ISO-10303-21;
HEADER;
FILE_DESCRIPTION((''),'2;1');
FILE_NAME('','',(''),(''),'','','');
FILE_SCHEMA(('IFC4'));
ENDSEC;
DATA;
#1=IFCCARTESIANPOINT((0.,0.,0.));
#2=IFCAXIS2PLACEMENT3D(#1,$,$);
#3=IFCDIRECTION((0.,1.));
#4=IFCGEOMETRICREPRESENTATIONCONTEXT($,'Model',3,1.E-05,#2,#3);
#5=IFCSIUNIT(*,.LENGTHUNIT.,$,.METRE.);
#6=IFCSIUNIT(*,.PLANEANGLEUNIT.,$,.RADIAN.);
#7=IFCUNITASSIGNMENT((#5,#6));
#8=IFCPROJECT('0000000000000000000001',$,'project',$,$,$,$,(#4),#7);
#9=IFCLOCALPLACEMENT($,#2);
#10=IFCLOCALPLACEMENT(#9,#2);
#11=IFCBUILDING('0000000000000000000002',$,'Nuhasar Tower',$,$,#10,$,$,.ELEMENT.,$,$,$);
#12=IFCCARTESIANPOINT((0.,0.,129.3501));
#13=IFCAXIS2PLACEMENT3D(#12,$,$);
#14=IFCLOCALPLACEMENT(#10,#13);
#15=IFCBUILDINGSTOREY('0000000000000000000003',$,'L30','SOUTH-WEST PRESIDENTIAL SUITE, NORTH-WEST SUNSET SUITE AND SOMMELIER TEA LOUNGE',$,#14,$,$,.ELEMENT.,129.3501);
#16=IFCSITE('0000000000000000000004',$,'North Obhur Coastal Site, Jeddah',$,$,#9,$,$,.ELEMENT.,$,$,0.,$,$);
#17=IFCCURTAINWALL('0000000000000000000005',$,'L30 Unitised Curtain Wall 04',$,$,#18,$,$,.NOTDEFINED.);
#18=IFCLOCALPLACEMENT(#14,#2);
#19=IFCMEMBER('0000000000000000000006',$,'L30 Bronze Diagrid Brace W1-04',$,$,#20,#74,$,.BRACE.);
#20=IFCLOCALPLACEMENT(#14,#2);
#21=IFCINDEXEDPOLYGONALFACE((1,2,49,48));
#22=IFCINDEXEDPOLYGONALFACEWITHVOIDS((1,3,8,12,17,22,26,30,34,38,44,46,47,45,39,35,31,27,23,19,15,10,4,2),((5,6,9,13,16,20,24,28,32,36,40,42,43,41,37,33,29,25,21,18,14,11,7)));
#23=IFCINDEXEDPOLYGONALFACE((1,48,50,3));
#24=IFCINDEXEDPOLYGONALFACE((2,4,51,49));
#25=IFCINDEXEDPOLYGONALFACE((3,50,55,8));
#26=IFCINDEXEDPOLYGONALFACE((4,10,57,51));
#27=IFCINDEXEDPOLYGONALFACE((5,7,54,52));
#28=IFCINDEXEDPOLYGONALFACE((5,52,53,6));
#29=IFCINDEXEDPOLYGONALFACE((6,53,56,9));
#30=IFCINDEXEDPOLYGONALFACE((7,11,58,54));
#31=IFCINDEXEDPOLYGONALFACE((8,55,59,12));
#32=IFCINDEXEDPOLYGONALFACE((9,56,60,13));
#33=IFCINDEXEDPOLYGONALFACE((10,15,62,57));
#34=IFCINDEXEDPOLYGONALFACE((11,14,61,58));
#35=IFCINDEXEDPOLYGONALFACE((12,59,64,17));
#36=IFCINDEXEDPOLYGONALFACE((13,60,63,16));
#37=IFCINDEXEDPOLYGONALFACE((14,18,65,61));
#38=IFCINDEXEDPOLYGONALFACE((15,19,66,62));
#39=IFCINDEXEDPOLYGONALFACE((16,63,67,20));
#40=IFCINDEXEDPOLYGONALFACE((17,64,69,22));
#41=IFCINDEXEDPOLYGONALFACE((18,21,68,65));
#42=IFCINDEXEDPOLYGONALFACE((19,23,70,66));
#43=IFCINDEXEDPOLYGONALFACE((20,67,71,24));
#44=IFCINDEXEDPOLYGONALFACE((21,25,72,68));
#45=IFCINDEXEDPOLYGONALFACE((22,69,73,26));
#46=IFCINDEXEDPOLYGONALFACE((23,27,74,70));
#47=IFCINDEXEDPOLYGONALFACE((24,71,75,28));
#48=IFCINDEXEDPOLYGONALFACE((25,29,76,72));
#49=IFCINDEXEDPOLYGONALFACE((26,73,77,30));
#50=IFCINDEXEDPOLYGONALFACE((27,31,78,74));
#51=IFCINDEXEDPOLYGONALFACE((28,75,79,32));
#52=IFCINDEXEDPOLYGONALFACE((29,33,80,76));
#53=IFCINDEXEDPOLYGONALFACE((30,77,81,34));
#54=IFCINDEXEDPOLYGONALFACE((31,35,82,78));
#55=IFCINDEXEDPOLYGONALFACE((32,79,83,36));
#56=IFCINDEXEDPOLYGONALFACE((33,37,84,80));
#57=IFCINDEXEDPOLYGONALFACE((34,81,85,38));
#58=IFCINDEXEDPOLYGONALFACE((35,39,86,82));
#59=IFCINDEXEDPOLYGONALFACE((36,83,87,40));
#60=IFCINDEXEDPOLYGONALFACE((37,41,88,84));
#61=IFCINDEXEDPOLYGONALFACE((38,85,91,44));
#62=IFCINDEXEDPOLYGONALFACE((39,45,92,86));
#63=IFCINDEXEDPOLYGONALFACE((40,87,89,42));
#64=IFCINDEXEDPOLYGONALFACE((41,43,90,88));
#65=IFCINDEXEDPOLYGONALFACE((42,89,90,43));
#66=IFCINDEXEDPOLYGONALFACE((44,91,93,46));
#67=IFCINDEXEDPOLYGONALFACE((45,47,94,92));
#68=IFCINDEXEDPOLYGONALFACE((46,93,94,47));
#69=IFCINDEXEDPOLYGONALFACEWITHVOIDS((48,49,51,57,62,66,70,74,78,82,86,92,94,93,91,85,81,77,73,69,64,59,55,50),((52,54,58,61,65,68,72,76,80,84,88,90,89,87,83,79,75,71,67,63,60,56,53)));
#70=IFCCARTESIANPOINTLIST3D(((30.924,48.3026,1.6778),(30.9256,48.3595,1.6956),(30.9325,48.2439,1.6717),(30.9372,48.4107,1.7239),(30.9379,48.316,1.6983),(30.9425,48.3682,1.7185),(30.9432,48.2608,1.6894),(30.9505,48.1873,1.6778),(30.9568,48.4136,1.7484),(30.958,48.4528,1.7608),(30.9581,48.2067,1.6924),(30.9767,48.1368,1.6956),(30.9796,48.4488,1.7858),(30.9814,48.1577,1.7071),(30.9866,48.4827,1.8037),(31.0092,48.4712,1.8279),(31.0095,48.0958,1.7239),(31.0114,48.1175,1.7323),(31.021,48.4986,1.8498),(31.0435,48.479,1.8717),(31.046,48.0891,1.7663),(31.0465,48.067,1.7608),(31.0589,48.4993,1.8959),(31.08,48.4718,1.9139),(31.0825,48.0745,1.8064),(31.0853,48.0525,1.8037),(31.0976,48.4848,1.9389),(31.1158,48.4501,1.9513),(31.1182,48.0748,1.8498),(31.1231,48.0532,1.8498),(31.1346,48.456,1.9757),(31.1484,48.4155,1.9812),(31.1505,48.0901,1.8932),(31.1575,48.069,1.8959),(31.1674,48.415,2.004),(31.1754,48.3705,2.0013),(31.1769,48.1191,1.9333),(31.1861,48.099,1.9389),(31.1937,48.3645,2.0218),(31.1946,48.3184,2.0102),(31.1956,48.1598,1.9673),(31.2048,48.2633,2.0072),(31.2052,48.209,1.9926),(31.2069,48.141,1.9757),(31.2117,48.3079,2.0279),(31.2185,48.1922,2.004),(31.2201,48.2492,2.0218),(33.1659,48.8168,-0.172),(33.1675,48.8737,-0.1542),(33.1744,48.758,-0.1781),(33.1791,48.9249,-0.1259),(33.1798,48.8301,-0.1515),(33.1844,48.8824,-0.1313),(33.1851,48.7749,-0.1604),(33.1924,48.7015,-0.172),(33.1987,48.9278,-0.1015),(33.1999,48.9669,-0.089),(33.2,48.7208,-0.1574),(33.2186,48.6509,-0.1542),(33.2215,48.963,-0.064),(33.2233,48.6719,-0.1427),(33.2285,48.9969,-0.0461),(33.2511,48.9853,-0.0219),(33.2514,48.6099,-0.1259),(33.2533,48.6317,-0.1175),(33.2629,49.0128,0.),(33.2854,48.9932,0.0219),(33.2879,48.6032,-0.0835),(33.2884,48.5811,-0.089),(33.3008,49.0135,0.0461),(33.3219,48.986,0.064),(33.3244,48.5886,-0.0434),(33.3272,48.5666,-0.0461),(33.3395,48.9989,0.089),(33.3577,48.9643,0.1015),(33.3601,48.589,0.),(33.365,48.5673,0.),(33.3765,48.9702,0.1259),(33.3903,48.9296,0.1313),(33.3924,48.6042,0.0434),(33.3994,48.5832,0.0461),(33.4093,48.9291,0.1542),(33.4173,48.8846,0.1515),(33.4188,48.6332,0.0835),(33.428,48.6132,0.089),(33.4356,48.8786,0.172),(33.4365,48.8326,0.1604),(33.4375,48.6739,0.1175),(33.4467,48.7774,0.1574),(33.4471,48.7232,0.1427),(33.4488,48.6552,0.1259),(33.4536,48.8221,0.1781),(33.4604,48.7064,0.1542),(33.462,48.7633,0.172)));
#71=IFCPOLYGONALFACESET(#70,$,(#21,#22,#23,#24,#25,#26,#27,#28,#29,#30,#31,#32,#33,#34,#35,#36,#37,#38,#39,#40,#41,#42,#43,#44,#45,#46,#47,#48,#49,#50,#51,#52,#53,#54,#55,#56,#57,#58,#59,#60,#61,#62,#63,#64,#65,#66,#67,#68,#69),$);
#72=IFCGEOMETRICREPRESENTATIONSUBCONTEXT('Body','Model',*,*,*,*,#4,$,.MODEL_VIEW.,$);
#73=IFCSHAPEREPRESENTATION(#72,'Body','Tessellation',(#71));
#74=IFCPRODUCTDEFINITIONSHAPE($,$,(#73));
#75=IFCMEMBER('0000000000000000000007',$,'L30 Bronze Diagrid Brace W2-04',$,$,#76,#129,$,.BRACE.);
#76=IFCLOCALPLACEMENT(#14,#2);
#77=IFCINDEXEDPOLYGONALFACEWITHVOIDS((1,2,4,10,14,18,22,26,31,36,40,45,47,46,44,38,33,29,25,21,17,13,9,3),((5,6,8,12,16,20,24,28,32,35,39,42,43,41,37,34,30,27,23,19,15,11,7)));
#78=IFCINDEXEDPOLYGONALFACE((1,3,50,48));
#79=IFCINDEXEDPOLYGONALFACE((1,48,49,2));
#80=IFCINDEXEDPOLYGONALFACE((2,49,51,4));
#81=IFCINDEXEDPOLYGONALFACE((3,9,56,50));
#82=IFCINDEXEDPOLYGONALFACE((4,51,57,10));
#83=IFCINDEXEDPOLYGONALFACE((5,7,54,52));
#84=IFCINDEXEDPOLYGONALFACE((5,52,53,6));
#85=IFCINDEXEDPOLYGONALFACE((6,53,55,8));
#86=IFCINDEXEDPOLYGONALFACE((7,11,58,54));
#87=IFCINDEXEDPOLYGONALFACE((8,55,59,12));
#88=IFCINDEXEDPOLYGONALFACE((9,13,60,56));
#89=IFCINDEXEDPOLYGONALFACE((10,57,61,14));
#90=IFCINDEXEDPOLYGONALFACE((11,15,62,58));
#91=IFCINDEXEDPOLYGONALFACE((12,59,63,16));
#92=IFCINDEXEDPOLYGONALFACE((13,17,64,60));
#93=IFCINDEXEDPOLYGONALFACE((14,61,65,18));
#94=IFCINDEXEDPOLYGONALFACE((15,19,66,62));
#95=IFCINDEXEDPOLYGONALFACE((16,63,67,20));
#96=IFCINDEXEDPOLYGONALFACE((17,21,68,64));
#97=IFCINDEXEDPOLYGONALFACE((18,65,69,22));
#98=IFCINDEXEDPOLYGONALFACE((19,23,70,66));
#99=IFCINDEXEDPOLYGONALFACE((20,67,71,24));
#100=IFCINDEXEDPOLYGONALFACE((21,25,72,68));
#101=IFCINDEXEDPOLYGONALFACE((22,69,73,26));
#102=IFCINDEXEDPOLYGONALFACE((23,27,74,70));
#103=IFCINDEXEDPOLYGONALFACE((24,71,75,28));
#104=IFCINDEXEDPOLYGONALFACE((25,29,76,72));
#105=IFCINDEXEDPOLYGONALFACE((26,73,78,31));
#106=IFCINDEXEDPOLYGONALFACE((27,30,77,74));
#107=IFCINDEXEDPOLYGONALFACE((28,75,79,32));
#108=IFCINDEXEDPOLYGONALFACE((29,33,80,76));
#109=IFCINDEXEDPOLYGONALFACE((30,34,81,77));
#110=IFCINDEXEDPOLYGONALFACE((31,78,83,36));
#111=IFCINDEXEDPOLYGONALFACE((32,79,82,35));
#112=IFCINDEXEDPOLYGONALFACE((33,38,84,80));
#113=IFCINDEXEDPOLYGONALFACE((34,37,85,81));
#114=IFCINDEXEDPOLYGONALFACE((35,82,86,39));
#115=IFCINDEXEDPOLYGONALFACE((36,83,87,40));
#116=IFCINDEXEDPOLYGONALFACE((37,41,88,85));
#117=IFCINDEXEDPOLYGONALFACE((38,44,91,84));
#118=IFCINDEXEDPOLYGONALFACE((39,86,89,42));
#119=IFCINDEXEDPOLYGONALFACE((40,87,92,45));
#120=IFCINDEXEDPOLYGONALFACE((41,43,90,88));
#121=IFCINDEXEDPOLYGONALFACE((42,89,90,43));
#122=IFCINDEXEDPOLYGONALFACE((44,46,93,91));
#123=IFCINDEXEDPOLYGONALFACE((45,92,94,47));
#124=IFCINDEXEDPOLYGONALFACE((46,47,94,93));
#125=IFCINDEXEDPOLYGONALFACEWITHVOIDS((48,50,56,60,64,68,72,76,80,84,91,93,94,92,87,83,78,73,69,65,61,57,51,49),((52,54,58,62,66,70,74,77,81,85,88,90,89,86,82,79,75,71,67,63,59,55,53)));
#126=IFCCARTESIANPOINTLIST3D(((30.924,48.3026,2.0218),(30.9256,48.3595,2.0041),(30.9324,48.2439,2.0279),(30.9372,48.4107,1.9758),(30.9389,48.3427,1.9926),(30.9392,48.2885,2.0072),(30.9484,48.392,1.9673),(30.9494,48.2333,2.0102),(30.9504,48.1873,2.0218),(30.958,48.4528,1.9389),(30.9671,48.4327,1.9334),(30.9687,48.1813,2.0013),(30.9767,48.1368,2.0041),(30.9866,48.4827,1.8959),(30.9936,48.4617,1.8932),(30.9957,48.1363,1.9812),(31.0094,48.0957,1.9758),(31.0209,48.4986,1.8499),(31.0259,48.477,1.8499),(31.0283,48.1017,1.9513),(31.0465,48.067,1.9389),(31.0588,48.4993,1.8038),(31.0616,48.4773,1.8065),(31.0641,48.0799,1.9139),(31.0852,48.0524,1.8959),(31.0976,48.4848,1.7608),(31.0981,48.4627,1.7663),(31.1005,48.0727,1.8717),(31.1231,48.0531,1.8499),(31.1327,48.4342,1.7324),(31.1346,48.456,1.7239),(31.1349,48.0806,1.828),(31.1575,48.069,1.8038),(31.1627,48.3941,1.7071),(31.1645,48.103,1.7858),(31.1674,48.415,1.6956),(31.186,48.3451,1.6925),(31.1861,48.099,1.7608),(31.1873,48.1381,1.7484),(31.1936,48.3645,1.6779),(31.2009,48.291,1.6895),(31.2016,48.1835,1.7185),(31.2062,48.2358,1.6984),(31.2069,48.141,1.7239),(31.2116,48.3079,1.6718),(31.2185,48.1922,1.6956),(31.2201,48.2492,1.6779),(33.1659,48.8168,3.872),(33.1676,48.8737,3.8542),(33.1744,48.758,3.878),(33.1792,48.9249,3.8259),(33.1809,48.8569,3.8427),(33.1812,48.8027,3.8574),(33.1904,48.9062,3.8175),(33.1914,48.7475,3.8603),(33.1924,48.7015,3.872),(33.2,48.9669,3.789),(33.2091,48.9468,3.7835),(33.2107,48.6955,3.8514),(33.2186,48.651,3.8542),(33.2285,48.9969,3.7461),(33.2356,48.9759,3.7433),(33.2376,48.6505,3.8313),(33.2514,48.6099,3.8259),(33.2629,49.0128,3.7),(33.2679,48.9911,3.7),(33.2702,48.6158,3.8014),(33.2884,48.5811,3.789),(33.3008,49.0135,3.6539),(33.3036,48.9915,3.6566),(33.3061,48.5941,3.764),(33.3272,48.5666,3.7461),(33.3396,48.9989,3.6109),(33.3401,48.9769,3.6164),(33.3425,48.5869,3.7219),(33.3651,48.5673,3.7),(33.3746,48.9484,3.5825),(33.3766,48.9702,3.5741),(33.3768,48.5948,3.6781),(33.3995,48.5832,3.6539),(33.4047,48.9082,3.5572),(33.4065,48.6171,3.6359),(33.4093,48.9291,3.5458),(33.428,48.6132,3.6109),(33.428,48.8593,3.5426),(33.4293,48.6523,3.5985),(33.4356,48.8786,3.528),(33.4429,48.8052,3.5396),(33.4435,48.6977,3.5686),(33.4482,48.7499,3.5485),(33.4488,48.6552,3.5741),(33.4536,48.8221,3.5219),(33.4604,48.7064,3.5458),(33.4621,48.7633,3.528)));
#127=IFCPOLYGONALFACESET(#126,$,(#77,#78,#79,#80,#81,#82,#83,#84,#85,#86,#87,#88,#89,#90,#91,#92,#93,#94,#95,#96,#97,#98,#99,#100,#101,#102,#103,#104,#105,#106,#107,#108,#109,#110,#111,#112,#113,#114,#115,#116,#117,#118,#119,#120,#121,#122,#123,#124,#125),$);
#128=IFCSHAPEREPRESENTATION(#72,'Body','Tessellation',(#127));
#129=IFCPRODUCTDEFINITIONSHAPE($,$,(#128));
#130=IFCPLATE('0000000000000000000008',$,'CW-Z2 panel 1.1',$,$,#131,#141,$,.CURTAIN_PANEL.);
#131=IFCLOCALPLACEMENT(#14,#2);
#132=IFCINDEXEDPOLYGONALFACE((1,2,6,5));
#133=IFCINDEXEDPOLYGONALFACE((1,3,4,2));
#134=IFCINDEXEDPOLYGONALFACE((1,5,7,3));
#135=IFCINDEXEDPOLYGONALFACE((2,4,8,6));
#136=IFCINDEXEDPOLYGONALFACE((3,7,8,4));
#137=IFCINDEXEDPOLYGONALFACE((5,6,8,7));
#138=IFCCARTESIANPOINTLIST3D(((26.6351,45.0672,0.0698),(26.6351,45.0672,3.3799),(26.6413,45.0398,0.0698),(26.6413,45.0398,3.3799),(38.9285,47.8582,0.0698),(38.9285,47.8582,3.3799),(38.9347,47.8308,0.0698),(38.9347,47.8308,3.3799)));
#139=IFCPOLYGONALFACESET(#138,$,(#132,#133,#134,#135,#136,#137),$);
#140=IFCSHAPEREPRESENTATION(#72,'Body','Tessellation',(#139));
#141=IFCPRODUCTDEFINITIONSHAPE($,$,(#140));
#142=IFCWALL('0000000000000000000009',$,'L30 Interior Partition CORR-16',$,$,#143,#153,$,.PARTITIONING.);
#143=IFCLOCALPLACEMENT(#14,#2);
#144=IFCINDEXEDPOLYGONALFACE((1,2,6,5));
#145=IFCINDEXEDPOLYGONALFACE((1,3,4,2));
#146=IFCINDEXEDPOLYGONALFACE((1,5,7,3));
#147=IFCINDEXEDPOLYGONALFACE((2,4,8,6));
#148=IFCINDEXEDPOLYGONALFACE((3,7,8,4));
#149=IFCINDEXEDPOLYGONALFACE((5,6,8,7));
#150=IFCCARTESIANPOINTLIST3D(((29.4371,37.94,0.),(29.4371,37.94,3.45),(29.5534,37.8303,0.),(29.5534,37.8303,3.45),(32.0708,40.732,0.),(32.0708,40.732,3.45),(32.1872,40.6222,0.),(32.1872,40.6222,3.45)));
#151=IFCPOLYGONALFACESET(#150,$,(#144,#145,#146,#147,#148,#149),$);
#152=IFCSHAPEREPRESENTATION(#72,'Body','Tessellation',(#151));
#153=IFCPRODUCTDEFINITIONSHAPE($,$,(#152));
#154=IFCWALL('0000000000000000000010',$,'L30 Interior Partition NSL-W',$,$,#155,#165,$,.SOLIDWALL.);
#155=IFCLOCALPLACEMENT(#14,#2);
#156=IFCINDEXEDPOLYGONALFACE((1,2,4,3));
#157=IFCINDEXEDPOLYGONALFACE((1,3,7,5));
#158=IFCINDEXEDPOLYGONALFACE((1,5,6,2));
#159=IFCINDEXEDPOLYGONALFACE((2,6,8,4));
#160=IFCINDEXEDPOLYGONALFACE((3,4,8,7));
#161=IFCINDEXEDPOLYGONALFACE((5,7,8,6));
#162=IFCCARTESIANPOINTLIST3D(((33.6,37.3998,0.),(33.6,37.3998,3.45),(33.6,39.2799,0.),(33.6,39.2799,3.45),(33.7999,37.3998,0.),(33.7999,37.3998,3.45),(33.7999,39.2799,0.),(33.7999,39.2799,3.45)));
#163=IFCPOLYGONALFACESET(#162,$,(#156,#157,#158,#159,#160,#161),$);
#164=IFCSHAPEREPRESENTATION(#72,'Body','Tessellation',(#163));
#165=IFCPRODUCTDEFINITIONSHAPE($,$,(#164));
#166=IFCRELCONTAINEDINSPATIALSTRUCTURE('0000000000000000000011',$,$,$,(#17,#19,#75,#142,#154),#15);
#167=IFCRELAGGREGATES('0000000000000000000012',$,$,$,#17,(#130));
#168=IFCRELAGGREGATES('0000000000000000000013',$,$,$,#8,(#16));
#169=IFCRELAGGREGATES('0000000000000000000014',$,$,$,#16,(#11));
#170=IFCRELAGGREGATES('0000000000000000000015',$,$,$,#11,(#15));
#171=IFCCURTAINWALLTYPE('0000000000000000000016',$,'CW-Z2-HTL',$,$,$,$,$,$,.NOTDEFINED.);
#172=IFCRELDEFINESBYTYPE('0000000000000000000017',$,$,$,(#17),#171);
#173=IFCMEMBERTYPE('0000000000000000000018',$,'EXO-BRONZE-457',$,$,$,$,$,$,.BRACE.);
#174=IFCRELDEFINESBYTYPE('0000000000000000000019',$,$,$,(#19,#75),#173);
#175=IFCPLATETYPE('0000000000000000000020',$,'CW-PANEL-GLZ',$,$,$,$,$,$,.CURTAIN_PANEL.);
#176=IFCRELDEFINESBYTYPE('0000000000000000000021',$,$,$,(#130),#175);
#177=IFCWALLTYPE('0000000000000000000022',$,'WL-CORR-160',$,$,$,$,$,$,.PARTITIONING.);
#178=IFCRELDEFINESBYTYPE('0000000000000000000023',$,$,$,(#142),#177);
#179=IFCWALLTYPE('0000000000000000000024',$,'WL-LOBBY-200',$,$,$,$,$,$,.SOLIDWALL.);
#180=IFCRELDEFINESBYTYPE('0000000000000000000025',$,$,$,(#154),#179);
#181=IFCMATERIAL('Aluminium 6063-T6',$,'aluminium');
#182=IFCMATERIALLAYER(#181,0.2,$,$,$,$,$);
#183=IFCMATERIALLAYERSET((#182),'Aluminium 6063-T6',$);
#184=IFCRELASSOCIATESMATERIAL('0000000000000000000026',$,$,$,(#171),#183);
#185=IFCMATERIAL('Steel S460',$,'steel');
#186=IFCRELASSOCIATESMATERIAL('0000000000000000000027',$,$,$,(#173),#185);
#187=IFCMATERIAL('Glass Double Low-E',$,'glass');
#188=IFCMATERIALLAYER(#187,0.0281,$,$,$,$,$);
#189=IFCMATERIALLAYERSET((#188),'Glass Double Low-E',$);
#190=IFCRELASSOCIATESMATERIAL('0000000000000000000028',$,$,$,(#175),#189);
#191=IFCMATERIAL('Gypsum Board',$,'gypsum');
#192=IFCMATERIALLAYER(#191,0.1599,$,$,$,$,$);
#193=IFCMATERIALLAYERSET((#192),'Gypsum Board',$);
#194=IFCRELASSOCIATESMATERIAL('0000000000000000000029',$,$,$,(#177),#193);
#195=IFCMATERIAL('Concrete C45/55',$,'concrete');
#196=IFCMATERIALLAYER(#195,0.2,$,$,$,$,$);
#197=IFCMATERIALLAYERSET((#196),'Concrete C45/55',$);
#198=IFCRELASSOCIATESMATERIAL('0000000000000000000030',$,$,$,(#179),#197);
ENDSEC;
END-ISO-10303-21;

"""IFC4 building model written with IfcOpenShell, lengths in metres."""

from ifc_helpers import new_model, si_unit, direction, frame, frame_2d, origin, origin_2d, place, context, subcontext, project, spatial, rectangle, hollow_circle, extrude, material, layer, layer_set, material_profile, profile_set, type_object, element, aggregate, save


model = new_model("IFC4")

# Units and contexts
model_context = context("Model", 3, precision=1e-05, world=origin(), true_north=direction((0.0, 1.0)))
body_context = subcontext(model_context, "Body", "Model", "MODEL_VIEW")
ifc_project = project(units=[si_unit("LENGTHUNIT", "METRE"), si_unit("PLANEANGLEUNIT", "RADIAN")], contexts=[model_context])

# Site, building, storey
site_placement = place(None, origin())
site = spatial("IfcSite", under=ifc_project, at=site_placement, Name="North Obhur Coastal Site, Jeddah", CompositionType="ELEMENT", RefElevation=0.0)
building_placement = place(site_placement, origin())
building = spatial("IfcBuilding", under=site, at=building_placement, Name="Nuhasar Tower", CompositionType="ELEMENT")
storey_placement = place(building_placement, frame((0.0, 0.0, 129.3501)))
storey = spatial("IfcBuildingStorey", under=building, at=storey_placement, Name="L30", Description="SOUTH-WEST PRESIDENTIAL SUITE, NORTH-WEST SUNSET SUITE AND SOMMELIER TEA LOUNGE", CompositionType="ELEMENT", Elevation=129.3501)

# Curtain wall
ifc_material_1 = material(Name="Aluminium 6063-T6", Category="aluminium")
ifc_layer_1 = layer(ifc_material_1, 0.2)
ifc_layer_set_1 = layer_set([ifc_layer_1], Name="Aluminium 6063-T6")
curtain_wall_type = type_object("IfcCurtainWallType", Name="CW-Z2-HTL", PredefinedType="NOTDEFINED", material=ifc_layer_set_1)
curtain_wall_placement = place(storey_placement, origin())
curtain_wall = element("IfcCurtainWall", 1, at=curtain_wall_placement, inside=storey, type_object=curtain_wall_type, Name="L30 Unitised Curtain Wall 04", PredefinedType="NOTDEFINED")

# Members
ifc_material_2 = material(Name="Steel S460", Category="steel")
ifc_material_profile_1 = material_profile(ifc_material_2, hollow_circle(Radius=0.2285, WallThickness=0.0222, at=origin_2d()), Name="HSS457X22.2")
ifc_profile_set_1 = profile_set([ifc_material_profile_1], Name="Steel S460")
member_type_1 = type_object("IfcMemberType", Name="EXO-BRONZE-457", PredefinedType="BRACE", material=ifc_profile_set_1)
member_1_placement = place(storey_placement, frame((33.314, 48.79, 0.0), z_axis=(-0.759539, -0.17419, 0.626704), x_axis=(0.223534, -0.974696, 0.0)))
element("IfcMember", 2, at=member_1_placement, inside=storey, type_object=member_type_1, Name="L30 Bronze Diagrid Brace W1-04", PredefinedType="BRACE", context=body_context, shape_type="SweptSolid", body=[
    extrude(hollow_circle(Radius=0.2285, WallThickness=0.0222, at=origin_2d()), origin(), (0.0, 0.0, 1.0), 2.9517),
])
member_2_placement = place(storey_placement, frame((31.072, 48.2759, 1.8499), z_axis=(0.7595, 0.174181, 0.626755), x_axis=(-0.223534, 0.974696, 0.0)))
element("IfcMember", 3, at=member_2_placement, inside=storey, type_object=member_type_1, Name="L30 Bronze Diagrid Brace W2-04", PredefinedType="BRACE", context=body_context, shape_type="SweptSolid", body=[
    extrude(hollow_circle(Radius=0.2285, WallThickness=0.0222, at=origin_2d()), origin(), (0.0, 0.0, 1.0), 2.9519),
])

# Plate
ifc_material_3 = material(Name="Glass Double Low-E", Category="glass")
ifc_layer_2 = layer(ifc_material_3, 0.0281)
ifc_layer_set_2 = layer_set([ifc_layer_2], Name="Glass Double Low-E")
plate_type = type_object("IfcPlateType", Name="CW-PANEL-GLZ", PredefinedType="CURTAIN_PANEL", material=ifc_layer_set_2)
plate_placement = place(storey_placement, frame((32.7849, 46.449, 0.0698), z_axis=(0.0, 0.0, 1.0), x_axis=(-0.975184, -0.221397, 0.0)))
plate = element("IfcPlate", 4, at=plate_placement, type_object=plate_type, Name="CW-Z2 panel 1.1", PredefinedType="CURTAIN_PANEL", context=body_context, shape_type="SweptSolid", body=[
    extrude(rectangle(XDim=12.6062, YDim=0.0281, at=origin_2d()), origin(), (0.0, 0.0, 1.0), 3.3101),
])
aggregate(curtain_wall, [plate])

# Shared definitions
ifc_material_4 = material(Name="Gypsum Board", Category="gypsum")
ifc_layer_3 = layer(ifc_material_4, 0.1599)
ifc_layer_set_3 = layer_set([ifc_layer_3], Name="Gypsum Board")
wall_type_1 = type_object("IfcWallType", Name="WL-CORR-160", PredefinedType="PARTITIONING", material=ifc_layer_set_3)

# Walls
wall_1_placement = place(storey_placement, frame((32.1289, 40.677, 0.0), z_axis=(0.0, 0.0, 1.0), x_axis=(-0.686198, -0.727415, 0.0)))
element("IfcWall", 5, at=wall_1_placement, inside=storey, type_object=wall_type_1, Name="L30 Interior Partition CORR-16", PredefinedType="PARTITIONING", context=body_context, shape_type="SweptSolid", body=[
    extrude(rectangle(XDim=3.8381, YDim=0.1599, at=frame_2d((1.9189, 0.0))), origin(), (0.0, 0.0, 1.0), 3.45),
])
ifc_material_5 = material(Name="Concrete C45/55", Category="concrete")
ifc_layer_4 = layer(ifc_material_5, 0.2)
ifc_layer_set_4 = layer_set([ifc_layer_4], Name="Concrete C45/55")
wall_type_2 = type_object("IfcWallType", Name="WL-LOBBY-200", PredefinedType="SOLIDWALL", material=ifc_layer_set_4)
wall_2_placement = place(storey_placement, frame((33.7, 37.3999, 0.0), z_axis=(0.0, 0.0, 1.0), x_axis=(0.0, 1.0, 0.0)))
element("IfcWall", 6, at=wall_2_placement, inside=storey, type_object=wall_type_2, Name="L30 Interior Partition NSL-W", PredefinedType="SOLIDWALL", context=body_context, shape_type="SweptSolid", body=[
    extrude(rectangle(XDim=1.8801, YDim=0.2, at=frame_2d((0.9399, 0.0))), origin(), (0.0, 0.0, 1.0), 3.45),
])

save(model, "model.ifc")
